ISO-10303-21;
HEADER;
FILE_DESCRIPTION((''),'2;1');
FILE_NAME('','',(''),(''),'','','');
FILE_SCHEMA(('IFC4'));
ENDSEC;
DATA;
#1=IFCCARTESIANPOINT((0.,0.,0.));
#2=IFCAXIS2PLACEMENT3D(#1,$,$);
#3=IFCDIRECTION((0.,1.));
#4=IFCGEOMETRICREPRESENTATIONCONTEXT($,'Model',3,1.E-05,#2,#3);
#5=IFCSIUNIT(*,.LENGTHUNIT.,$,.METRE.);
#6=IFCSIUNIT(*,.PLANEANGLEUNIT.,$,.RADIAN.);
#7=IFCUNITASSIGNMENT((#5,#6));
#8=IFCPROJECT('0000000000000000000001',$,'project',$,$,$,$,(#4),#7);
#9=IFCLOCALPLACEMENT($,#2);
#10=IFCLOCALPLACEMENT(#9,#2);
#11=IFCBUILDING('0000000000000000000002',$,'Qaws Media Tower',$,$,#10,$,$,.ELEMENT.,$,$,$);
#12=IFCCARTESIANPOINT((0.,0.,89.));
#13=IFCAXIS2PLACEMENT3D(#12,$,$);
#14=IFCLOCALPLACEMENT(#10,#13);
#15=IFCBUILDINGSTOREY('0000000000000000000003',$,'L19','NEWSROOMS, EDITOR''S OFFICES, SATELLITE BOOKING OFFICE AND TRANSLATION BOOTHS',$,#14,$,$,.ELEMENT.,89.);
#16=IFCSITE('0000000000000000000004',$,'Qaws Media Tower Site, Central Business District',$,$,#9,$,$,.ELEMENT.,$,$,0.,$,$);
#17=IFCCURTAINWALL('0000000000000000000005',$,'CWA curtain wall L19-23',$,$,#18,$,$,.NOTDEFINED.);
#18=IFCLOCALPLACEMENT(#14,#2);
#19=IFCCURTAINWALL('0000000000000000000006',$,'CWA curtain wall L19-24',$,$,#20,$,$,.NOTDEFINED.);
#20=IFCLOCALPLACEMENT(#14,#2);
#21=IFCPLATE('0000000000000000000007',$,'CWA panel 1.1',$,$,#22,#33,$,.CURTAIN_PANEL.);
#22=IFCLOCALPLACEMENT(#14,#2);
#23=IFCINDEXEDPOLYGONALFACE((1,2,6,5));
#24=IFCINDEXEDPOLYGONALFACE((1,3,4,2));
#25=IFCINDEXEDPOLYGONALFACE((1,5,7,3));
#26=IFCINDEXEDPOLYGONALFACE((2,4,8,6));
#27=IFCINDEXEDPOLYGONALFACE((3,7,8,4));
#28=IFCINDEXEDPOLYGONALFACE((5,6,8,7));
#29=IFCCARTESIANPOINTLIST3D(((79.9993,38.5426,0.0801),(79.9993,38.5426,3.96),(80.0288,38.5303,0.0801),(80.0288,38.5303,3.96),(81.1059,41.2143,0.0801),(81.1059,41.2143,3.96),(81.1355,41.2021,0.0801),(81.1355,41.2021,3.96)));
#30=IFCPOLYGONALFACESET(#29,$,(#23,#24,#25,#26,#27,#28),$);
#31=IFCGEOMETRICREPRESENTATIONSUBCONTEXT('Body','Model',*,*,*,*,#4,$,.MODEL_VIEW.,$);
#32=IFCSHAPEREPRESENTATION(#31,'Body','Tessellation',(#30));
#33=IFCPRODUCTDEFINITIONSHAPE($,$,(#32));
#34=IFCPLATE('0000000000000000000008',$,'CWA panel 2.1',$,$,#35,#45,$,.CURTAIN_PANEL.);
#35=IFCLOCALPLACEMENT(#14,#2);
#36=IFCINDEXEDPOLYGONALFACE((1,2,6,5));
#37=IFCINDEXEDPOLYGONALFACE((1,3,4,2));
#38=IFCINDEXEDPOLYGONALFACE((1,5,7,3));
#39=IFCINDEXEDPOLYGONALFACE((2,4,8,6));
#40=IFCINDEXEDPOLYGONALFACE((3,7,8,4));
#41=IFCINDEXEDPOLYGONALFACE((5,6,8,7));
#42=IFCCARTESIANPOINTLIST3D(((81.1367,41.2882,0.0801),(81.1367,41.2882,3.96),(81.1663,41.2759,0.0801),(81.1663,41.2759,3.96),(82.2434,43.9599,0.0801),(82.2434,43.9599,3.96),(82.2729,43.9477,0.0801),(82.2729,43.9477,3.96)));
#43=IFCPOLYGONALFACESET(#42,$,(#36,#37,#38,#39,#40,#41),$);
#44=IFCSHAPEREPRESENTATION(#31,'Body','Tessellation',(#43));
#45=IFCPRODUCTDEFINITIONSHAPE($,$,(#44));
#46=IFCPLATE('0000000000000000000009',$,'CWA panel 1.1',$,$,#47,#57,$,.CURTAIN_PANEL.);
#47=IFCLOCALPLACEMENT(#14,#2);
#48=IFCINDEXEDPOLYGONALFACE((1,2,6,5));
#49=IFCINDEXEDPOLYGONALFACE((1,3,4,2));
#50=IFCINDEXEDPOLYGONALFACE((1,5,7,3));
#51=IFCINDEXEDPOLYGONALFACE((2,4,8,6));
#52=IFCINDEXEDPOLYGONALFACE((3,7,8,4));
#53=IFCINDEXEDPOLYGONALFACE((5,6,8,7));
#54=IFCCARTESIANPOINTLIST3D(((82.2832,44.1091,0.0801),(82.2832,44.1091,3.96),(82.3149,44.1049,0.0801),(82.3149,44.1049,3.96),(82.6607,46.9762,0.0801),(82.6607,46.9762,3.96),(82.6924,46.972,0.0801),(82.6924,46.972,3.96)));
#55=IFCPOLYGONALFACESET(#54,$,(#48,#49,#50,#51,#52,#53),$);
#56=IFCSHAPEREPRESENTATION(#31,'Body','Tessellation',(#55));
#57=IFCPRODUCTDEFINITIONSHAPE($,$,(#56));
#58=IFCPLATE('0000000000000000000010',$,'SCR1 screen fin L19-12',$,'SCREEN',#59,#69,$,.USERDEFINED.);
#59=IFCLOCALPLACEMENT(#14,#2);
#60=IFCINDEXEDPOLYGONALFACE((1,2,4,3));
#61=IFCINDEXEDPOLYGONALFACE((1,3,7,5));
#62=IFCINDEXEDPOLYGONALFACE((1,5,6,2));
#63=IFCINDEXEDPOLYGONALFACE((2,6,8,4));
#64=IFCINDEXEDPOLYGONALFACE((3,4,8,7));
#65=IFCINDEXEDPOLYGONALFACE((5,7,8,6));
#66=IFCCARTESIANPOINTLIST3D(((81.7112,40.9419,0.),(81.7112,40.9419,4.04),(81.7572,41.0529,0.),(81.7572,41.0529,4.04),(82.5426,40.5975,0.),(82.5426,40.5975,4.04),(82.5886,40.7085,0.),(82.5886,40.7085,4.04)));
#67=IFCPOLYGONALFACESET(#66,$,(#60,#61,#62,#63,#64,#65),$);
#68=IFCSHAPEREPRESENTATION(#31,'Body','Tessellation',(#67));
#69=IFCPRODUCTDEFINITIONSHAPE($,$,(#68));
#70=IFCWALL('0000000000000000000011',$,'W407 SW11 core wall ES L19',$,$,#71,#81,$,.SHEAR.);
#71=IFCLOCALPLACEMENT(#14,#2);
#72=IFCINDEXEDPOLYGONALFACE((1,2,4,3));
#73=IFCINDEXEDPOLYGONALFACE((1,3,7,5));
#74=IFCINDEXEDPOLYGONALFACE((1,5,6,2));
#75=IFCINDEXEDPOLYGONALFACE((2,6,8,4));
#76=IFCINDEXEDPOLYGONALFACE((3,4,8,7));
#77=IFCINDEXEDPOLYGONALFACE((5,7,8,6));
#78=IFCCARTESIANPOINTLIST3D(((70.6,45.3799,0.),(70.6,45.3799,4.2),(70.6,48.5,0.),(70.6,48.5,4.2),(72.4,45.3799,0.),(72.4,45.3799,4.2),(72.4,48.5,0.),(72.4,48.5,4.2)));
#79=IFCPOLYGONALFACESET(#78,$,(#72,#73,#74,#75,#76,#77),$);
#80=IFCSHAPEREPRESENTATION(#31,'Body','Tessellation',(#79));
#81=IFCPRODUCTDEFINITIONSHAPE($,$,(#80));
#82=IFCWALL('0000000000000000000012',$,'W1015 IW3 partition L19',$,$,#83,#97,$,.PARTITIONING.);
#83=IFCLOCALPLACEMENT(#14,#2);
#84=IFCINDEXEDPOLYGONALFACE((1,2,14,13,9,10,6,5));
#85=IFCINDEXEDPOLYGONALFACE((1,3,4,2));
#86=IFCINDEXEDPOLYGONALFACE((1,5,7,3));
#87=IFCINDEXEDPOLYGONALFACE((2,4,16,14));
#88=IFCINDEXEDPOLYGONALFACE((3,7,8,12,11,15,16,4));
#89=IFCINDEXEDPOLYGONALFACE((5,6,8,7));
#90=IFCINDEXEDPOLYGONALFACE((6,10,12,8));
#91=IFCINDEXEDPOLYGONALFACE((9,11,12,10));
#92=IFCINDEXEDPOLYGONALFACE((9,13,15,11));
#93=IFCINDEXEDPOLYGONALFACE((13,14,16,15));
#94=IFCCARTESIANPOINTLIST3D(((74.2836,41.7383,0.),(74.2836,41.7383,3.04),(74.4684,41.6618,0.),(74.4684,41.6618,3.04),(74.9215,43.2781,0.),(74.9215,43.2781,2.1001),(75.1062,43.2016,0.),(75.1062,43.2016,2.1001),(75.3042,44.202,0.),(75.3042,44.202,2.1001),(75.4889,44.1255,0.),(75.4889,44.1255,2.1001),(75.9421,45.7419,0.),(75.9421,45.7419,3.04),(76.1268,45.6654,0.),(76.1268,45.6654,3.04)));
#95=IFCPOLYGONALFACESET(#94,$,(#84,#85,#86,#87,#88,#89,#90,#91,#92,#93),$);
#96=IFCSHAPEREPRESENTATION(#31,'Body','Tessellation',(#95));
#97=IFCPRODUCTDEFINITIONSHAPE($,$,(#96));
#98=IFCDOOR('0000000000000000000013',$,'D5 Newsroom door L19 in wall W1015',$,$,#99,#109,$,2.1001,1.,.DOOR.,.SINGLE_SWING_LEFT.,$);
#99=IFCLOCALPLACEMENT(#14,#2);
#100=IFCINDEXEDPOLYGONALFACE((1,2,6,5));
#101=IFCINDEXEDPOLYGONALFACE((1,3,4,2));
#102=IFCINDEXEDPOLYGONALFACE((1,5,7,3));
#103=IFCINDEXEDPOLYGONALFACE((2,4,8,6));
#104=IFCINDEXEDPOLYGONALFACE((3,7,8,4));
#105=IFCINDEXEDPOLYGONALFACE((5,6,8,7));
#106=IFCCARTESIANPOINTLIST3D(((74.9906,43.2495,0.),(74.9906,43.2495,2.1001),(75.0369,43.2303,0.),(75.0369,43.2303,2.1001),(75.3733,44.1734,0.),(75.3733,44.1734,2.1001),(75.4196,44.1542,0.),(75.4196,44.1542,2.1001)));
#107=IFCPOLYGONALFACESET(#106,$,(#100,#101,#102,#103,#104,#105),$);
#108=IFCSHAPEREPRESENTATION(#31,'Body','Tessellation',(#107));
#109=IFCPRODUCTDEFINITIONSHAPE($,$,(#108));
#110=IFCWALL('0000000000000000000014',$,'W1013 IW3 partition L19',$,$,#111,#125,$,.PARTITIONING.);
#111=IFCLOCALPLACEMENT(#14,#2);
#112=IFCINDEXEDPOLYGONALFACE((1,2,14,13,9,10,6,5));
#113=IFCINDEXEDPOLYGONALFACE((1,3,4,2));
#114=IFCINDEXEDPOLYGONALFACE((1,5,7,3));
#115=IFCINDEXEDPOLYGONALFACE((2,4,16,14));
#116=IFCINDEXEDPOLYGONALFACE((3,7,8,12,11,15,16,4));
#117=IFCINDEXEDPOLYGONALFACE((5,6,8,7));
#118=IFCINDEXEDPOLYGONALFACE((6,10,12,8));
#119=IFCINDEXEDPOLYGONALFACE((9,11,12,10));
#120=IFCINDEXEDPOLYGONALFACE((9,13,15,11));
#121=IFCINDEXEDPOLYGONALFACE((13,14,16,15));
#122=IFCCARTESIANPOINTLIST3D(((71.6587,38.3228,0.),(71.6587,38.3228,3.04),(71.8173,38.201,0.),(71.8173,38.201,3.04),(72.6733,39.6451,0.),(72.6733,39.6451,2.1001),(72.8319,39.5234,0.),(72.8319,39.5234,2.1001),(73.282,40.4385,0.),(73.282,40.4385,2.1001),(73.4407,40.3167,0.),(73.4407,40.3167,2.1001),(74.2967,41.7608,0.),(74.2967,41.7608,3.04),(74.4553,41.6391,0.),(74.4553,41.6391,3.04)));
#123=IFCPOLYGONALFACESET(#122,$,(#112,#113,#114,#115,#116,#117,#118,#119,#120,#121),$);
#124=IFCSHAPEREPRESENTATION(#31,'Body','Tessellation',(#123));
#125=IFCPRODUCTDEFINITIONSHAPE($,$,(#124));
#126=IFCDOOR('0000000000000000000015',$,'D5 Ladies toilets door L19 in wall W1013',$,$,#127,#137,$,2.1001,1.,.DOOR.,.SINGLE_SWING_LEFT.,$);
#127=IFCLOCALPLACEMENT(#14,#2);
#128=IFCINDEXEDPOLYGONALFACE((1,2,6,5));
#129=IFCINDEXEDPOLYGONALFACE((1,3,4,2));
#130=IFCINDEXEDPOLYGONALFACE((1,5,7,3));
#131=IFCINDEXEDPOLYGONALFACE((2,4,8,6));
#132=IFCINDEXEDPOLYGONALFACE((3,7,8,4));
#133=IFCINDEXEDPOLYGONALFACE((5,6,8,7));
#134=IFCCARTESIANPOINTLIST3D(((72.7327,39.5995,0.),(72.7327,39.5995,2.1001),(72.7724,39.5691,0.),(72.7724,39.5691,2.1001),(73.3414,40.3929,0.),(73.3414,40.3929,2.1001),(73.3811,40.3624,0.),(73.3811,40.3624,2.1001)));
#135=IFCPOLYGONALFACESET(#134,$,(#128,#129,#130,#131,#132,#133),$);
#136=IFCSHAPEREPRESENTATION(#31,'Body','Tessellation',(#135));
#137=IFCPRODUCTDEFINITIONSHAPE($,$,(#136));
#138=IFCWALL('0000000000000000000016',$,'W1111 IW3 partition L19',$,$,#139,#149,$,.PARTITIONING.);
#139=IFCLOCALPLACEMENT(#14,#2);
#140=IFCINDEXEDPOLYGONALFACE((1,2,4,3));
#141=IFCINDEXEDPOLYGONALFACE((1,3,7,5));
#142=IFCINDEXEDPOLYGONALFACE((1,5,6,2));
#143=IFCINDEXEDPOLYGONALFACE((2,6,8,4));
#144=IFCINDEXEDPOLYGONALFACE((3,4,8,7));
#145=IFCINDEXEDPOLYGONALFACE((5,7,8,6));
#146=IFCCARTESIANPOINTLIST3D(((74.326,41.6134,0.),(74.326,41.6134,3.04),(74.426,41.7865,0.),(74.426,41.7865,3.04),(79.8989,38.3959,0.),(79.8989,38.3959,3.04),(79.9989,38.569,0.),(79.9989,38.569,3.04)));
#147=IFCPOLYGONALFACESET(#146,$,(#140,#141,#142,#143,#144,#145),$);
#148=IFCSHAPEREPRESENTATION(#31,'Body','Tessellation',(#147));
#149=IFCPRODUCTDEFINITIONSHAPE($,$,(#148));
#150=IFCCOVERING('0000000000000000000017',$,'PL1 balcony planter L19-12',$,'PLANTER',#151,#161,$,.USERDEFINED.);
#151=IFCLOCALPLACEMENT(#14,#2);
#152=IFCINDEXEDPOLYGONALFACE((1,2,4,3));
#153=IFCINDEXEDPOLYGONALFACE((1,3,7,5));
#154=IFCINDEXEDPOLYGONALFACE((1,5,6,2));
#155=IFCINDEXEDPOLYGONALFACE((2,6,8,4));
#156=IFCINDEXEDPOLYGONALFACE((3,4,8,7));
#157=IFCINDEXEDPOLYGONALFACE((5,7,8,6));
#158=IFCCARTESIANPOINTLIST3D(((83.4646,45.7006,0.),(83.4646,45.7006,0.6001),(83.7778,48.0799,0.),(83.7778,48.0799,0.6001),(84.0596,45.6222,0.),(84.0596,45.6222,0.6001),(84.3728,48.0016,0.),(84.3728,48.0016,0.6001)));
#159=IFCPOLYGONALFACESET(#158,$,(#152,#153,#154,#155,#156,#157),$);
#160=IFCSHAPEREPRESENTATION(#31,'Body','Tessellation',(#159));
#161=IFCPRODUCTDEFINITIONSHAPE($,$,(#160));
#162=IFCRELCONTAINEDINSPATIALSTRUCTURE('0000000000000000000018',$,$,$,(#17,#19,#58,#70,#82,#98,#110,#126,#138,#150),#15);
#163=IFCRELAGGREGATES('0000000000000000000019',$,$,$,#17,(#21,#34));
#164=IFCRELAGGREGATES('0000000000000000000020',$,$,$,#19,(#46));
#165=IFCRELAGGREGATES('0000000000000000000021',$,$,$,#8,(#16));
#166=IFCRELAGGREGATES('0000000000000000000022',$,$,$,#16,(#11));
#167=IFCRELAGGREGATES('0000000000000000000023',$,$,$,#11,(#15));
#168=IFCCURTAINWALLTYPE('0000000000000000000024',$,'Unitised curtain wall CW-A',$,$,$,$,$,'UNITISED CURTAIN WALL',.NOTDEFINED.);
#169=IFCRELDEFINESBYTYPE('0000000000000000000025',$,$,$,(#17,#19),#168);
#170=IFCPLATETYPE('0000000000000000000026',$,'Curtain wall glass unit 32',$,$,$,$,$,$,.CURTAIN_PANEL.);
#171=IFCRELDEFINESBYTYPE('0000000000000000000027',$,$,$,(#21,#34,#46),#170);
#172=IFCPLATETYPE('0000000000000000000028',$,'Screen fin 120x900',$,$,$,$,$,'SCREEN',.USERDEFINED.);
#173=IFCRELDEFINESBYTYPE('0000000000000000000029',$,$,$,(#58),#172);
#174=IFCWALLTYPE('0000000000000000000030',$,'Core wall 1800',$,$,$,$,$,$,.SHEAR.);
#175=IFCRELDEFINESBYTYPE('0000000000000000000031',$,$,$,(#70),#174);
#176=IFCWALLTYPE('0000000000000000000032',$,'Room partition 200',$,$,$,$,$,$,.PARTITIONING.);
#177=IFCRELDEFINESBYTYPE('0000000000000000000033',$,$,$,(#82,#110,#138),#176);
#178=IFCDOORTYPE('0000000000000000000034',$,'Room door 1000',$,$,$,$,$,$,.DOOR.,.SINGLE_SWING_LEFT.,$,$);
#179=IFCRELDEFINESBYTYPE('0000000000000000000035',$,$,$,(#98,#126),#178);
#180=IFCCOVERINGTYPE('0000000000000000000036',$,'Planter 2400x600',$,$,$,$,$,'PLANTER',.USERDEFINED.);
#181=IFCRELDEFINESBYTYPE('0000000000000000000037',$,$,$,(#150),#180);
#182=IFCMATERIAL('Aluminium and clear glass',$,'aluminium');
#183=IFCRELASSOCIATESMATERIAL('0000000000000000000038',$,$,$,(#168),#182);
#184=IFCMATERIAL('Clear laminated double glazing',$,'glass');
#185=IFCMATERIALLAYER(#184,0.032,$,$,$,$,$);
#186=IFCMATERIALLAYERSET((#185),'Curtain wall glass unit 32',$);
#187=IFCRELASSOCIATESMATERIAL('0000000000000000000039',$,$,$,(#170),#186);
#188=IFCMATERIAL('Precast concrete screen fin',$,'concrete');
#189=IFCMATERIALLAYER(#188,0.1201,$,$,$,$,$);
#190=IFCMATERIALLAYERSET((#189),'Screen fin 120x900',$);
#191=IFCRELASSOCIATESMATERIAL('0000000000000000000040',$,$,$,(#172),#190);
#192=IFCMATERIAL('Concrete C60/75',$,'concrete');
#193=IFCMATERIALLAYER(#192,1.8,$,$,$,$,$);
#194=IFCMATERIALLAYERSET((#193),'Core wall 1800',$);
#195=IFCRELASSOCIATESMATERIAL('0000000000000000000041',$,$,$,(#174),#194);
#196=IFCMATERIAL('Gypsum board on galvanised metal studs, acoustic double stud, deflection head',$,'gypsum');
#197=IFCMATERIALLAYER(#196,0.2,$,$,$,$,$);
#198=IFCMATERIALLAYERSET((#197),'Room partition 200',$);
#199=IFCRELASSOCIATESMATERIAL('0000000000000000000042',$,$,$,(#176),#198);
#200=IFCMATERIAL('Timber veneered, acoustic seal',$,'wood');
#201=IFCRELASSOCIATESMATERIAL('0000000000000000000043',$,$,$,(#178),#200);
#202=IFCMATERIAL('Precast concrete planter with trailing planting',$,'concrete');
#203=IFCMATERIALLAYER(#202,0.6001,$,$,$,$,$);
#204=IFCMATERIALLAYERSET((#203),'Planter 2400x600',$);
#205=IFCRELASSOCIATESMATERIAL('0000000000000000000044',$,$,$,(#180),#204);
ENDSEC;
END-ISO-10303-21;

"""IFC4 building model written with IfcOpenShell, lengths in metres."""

from ifc_helpers import new_model, si_unit, direction, frame, frame_2d, origin, origin_2d, place, context, subcontext, project, spatial, rectangle, extrude, material, layer, layer_set, type_object, element, fill, aggregate, save


model = new_model("IFC4")

# Units and contexts
model_context = context("Model", 3, precision=1e-05, world=origin(), true_north=direction((0.0, 1.0)))
body_context = subcontext(model_context, "Body", "Model", "MODEL_VIEW")
ifc_project = project(units=[si_unit("LENGTHUNIT", "METRE"), si_unit("PLANEANGLEUNIT", "RADIAN")], contexts=[model_context])

# Site, building, storey
site_placement = place(None, origin())
site = spatial("IfcSite", under=ifc_project, at=site_placement, Name="Qaws Media Tower Site, Central Business District", CompositionType="ELEMENT", RefElevation=0.0)
building_placement = place(site_placement, origin())
building = spatial("IfcBuilding", under=site, at=building_placement, Name="Qaws Media Tower", CompositionType="ELEMENT")
storey_placement = place(building_placement, frame((0.0, 0.0, 89.0)))
storey = spatial("IfcBuildingStorey", under=building, at=storey_placement, Name="L19", Description="NEWSROOMS, EDITOR'S OFFICES, SATELLITE BOOKING OFFICE AND TRANSLATION BOOTHS", CompositionType="ELEMENT", Elevation=89.0)

# Shared definitions
ifc_material_1 = material(Name="Aluminium and clear glass", Category="aluminium")
curtain_wall_type = type_object("IfcCurtainWallType", Name="Unitised curtain wall CW-A", ElementType="UNITISED CURTAIN WALL", PredefinedType="NOTDEFINED", material=ifc_material_1)

# Curtain walls
curtain_wall_1_placement = place(storey_placement, origin())
curtain_wall_1 = element("IfcCurtainWall", 1, at=curtain_wall_1_placement, inside=storey, type_object=curtain_wall_type, Name="CWA curtain wall L19-23", PredefinedType="NOTDEFINED")
curtain_wall_2_placement = place(storey_placement, origin())
curtain_wall_2 = element("IfcCurtainWall", 2, at=curtain_wall_2_placement, inside=storey, type_object=curtain_wall_type, Name="CWA curtain wall L19-24", PredefinedType="NOTDEFINED")

# Plates
ifc_material_2 = material(Name="Clear laminated double glazing", Category="glass")
ifc_layer_1 = layer(ifc_material_2, 0.032)
ifc_layer_set_1 = layer_set([ifc_layer_1], Name="Curtain wall glass unit 32")
plate_type_1 = type_object("IfcPlateType", Name="Curtain wall glass unit 32", PredefinedType="CURTAIN_PANEL", material=ifc_layer_set_1)
plate_1_placement = place(storey_placement, frame((80.5674, 39.8723, 0.0801), z_axis=(0.0, 0.0, 1.0), x_axis=(0.382683, 0.92388, 0.0)))
plate_1 = element("IfcPlate", 3, at=plate_1_placement, type_object=plate_type_1, Name="CWA panel 1.1", PredefinedType="CURTAIN_PANEL", context=body_context, shape_type="SweptSolid", body=[
    extrude(rectangle(XDim=2.8918, YDim=0.032, at=origin_2d()), origin(), (0.0, 0.0, 1.0), 3.8799),
])
plate_2_placement = place(storey_placement, frame((81.7048, 42.6179, 0.0801), z_axis=(0.0, 0.0, 1.0), x_axis=(0.382683, 0.92388, 0.0)))
plate_2 = element("IfcPlate", 4, at=plate_2_placement, type_object=plate_type_1, Name="CWA panel 2.1", PredefinedType="CURTAIN_PANEL", context=body_context, shape_type="SweptSolid", body=[
    extrude(rectangle(XDim=2.8918, YDim=0.032, at=origin_2d()), origin(), (0.0, 0.0, 1.0), 3.8799),
])
aggregate(curtain_wall_1, [plate_1, plate_2])
plate_3_placement = place(storey_placement, frame((82.4878, 45.5405, 0.0801), z_axis=(0.0, 0.0, 1.0), x_axis=(0.130526, 0.991445, 0.0)))
plate_3 = element("IfcPlate", 5, at=plate_3_placement, type_object=plate_type_1, Name="CWA panel 1.1", PredefinedType="CURTAIN_PANEL", context=body_context, shape_type="SweptSolid", body=[
    extrude(rectangle(XDim=2.8918, YDim=0.032, at=origin_2d()), origin(), (0.0, 0.0, 1.0), 3.8799),
])
aggregate(curtain_wall_2, [plate_3])
ifc_material_3 = material(Name="Precast concrete screen fin", Category="concrete")
ifc_layer_2 = layer(ifc_material_3, 0.1201)
ifc_layer_set_2 = layer_set([ifc_layer_2], Name="Screen fin 120x900")
plate_type_2 = type_object("IfcPlateType", Name="Screen fin 120x900", ElementType="SCREEN", PredefinedType="USERDEFINED", material=ifc_layer_set_2)
plate_4_placement = place(storey_placement, frame((82.1499, 40.8252, 0.0), z_axis=(0.0, 0.0, 1.0), x_axis=(0.92388, -0.382683, 0.0)))
element("IfcPlate", 6, at=plate_4_placement, inside=storey, type_object=plate_type_2, Name="SCR1 screen fin L19-12", ObjectType="SCREEN", PredefinedType="USERDEFINED", context=body_context, shape_type="SweptSolid", body=[
    extrude(rectangle(XDim=0.8999, YDim=0.1201, at=origin_2d()), origin(), (0.0, 0.0, 1.0), 4.04),
])

# Wall
ifc_material_4 = material(Name="Concrete C60/75", Category="concrete")
ifc_layer_3 = layer(ifc_material_4, 1.8)
ifc_layer_set_3 = layer_set([ifc_layer_3], Name="Core wall 1800")
wall_type_1 = type_object("IfcWallType", Name="Core wall 1800", PredefinedType="SHEAR", material=ifc_layer_set_3)
wall_1_placement = place(storey_placement, frame((71.5, 45.3799, 0.0), z_axis=(0.0, 0.0, 1.0), x_axis=(0.0, 1.0, 0.0)))
element("IfcWall", 7, at=wall_1_placement, inside=storey, type_object=wall_type_1, Name="W407 SW11 core wall ES L19", PredefinedType="SHEAR", context=body_context, shape_type="SweptSolid", body=[
    extrude(rectangle(XDim=3.1201, YDim=1.8, at=frame_2d((1.5601, 0.0))), origin(), (0.0, 0.0, 1.0), 4.2),
])

# Walls, openings, doors
ifc_material_5 = material(Name="Gypsum board on galvanised metal studs, acoustic double stud, deflection head", Category="gypsum")
ifc_layer_4 = layer(ifc_material_5, 0.2)
ifc_layer_set_4 = layer_set([ifc_layer_4], Name="Room partition 200")
wall_type_2 = type_object("IfcWallType", Name="Room partition 200", PredefinedType="PARTITIONING", material=ifc_layer_set_4)
wall_2_placement = place(storey_placement, frame((76.0344, 45.7036, 0.0), z_axis=(0.0, 0.0, 1.0), x_axis=(-0.382698, -0.923873, 0.0)))
wall_2 = element("IfcWall", 8, at=wall_2_placement, inside=storey, type_object=wall_type_2, Name="W1015 IW3 partition L19", PredefinedType="PARTITIONING", context=body_context, shape_type="SweptSolid", body=[
    extrude(rectangle(XDim=4.3335, YDim=0.2, at=frame_2d((2.1667, 0.0))), origin(), (0.0, 0.0, 1.0), 3.04),
])
opening_1_placement = place(wall_2_placement, frame((1.6667, 0.0, 0.0)))
opening_1 = element("IfcOpeningElement", 9, at=opening_1_placement, cuts=wall_2, PredefinedType="OPENING", context=body_context, shape_type="SweptSolid", body=[
    extrude(rectangle(XDim=1.0, YDim=2.1001, at=frame_2d((0.5, 1.05))), frame((0.0, 0.1099, 0.0), z_axis=(0.0, -1.0, 0.0), x_axis=(1.0, 0.0, 0.0)), (0.0, 0.0, 1.0), 0.22),
])
ifc_material_6 = material(Name="Timber veneered, acoustic seal", Category="wood")
door_type = type_object("IfcDoorType", Name="Room door 1000", OperationType="SINGLE_SWING_LEFT", PredefinedType="DOOR", material=ifc_material_6)
door_1_placement = place(opening_1_placement, origin())
door_1 = element("IfcDoor", 10, at=door_1_placement, inside=storey, type_object=door_type, Name="D5 Newsroom door L19 in wall W1015", OperationType="SINGLE_SWING_LEFT", OverallHeight=2.1001, OverallWidth=1.0, PredefinedType="DOOR", context=body_context, shape_type="SweptSolid", body=[
    extrude(rectangle(XDim=1.0, YDim=2.1001, at=frame_2d((0.5, 1.05))), frame((0.0, 0.0249, 0.0), z_axis=(0.0, -1.0, 0.0), x_axis=(1.0, 0.0, 0.0)), (0.0, 0.0, 1.0), 0.05),
])
fill(opening_1, door_1)
wall_3_placement = place(storey_placement, frame((74.376, 41.7, 0.0), z_axis=(0.0, 0.0, 1.0), x_axis=(-0.608744, -0.793367, 0.0)))
wall_3 = element("IfcWall", 11, at=wall_3_placement, inside=storey, type_object=wall_type_2, Name="W1013 IW3 partition L19", PredefinedType="PARTITIONING", context=body_context, shape_type="SweptSolid", body=[
    extrude(rectangle(XDim=4.3335, YDim=0.2, at=frame_2d((2.1667, 0.0))), origin(), (0.0, 0.0, 1.0), 3.04),
])
opening_2_placement = place(wall_3_placement, frame((1.6667, 0.0, 0.0)))
opening_2 = element("IfcOpeningElement", 12, at=opening_2_placement, cuts=wall_3, PredefinedType="OPENING", context=body_context, shape_type="SweptSolid", body=[
    extrude(rectangle(XDim=1.0, YDim=2.1001, at=frame_2d((0.5, 1.05))), frame((0.0, 0.1099, 0.0), z_axis=(0.0, -1.0, 0.0), x_axis=(1.0, 0.0, 0.0)), (0.0, 0.0, 1.0), 0.22),
])
door_2_placement = place(opening_2_placement, origin())
door_2 = element("IfcDoor", 13, at=door_2_placement, inside=storey, type_object=door_type, Name="D5 Ladies toilets door L19 in wall W1013", OperationType="SINGLE_SWING_LEFT", OverallHeight=2.1001, OverallWidth=1.0, PredefinedType="DOOR", context=body_context, shape_type="SweptSolid", body=[
    extrude(rectangle(XDim=1.0, YDim=2.1001, at=frame_2d((0.5, 1.05))), frame((0.0, 0.0249, 0.0), z_axis=(0.0, -1.0, 0.0), x_axis=(1.0, 0.0, 0.0)), (0.0, 0.0, 1.0), 0.05),
])
fill(opening_2, door_2)

# Wall
wall_4_placement = place(storey_placement, frame((74.376, 41.7, 0.0), z_axis=(0.0, 0.0, 1.0), x_axis=(0.866028, -0.499995, 0.0)))
element("IfcWall", 14, at=wall_4_placement, inside=storey, type_object=wall_type_2, Name="W1111 IW3 partition L19", PredefinedType="PARTITIONING", context=body_context, shape_type="SweptSolid", body=[
    extrude(rectangle(XDim=6.4351, YDim=0.2, at=frame_2d((3.2175, 0.0))), origin(), (0.0, 0.0, 1.0), 3.04),
])

# Covering
ifc_material_7 = material(Name="Precast concrete planter with trailing planting", Category="concrete")
ifc_layer_5 = layer(ifc_material_7, 0.6001)
ifc_layer_set_5 = layer_set([ifc_layer_5], Name="Planter 2400x600")
covering_type = type_object("IfcCoveringType", Name="Planter 2400x600", ElementType="PLANTER", PredefinedType="USERDEFINED", material=ifc_layer_set_5)
covering_placement = place(storey_placement, frame((83.9187, 46.8511, 0.0), z_axis=(0.0, 0.0, 1.0), x_axis=(0.130526, 0.991445, 0.0)))
element("IfcCovering", 15, at=covering_placement, inside=storey, type_object=covering_type, Name="PL1 balcony planter L19-12", ObjectType="PLANTER", PredefinedType="USERDEFINED", context=body_context, shape_type="SweptSolid", body=[
    extrude(rectangle(XDim=2.3999, YDim=0.6001, at=origin_2d()), origin(), (0.0, 0.0, 1.0), 0.6001),
])

save(model, "model.ifc")
